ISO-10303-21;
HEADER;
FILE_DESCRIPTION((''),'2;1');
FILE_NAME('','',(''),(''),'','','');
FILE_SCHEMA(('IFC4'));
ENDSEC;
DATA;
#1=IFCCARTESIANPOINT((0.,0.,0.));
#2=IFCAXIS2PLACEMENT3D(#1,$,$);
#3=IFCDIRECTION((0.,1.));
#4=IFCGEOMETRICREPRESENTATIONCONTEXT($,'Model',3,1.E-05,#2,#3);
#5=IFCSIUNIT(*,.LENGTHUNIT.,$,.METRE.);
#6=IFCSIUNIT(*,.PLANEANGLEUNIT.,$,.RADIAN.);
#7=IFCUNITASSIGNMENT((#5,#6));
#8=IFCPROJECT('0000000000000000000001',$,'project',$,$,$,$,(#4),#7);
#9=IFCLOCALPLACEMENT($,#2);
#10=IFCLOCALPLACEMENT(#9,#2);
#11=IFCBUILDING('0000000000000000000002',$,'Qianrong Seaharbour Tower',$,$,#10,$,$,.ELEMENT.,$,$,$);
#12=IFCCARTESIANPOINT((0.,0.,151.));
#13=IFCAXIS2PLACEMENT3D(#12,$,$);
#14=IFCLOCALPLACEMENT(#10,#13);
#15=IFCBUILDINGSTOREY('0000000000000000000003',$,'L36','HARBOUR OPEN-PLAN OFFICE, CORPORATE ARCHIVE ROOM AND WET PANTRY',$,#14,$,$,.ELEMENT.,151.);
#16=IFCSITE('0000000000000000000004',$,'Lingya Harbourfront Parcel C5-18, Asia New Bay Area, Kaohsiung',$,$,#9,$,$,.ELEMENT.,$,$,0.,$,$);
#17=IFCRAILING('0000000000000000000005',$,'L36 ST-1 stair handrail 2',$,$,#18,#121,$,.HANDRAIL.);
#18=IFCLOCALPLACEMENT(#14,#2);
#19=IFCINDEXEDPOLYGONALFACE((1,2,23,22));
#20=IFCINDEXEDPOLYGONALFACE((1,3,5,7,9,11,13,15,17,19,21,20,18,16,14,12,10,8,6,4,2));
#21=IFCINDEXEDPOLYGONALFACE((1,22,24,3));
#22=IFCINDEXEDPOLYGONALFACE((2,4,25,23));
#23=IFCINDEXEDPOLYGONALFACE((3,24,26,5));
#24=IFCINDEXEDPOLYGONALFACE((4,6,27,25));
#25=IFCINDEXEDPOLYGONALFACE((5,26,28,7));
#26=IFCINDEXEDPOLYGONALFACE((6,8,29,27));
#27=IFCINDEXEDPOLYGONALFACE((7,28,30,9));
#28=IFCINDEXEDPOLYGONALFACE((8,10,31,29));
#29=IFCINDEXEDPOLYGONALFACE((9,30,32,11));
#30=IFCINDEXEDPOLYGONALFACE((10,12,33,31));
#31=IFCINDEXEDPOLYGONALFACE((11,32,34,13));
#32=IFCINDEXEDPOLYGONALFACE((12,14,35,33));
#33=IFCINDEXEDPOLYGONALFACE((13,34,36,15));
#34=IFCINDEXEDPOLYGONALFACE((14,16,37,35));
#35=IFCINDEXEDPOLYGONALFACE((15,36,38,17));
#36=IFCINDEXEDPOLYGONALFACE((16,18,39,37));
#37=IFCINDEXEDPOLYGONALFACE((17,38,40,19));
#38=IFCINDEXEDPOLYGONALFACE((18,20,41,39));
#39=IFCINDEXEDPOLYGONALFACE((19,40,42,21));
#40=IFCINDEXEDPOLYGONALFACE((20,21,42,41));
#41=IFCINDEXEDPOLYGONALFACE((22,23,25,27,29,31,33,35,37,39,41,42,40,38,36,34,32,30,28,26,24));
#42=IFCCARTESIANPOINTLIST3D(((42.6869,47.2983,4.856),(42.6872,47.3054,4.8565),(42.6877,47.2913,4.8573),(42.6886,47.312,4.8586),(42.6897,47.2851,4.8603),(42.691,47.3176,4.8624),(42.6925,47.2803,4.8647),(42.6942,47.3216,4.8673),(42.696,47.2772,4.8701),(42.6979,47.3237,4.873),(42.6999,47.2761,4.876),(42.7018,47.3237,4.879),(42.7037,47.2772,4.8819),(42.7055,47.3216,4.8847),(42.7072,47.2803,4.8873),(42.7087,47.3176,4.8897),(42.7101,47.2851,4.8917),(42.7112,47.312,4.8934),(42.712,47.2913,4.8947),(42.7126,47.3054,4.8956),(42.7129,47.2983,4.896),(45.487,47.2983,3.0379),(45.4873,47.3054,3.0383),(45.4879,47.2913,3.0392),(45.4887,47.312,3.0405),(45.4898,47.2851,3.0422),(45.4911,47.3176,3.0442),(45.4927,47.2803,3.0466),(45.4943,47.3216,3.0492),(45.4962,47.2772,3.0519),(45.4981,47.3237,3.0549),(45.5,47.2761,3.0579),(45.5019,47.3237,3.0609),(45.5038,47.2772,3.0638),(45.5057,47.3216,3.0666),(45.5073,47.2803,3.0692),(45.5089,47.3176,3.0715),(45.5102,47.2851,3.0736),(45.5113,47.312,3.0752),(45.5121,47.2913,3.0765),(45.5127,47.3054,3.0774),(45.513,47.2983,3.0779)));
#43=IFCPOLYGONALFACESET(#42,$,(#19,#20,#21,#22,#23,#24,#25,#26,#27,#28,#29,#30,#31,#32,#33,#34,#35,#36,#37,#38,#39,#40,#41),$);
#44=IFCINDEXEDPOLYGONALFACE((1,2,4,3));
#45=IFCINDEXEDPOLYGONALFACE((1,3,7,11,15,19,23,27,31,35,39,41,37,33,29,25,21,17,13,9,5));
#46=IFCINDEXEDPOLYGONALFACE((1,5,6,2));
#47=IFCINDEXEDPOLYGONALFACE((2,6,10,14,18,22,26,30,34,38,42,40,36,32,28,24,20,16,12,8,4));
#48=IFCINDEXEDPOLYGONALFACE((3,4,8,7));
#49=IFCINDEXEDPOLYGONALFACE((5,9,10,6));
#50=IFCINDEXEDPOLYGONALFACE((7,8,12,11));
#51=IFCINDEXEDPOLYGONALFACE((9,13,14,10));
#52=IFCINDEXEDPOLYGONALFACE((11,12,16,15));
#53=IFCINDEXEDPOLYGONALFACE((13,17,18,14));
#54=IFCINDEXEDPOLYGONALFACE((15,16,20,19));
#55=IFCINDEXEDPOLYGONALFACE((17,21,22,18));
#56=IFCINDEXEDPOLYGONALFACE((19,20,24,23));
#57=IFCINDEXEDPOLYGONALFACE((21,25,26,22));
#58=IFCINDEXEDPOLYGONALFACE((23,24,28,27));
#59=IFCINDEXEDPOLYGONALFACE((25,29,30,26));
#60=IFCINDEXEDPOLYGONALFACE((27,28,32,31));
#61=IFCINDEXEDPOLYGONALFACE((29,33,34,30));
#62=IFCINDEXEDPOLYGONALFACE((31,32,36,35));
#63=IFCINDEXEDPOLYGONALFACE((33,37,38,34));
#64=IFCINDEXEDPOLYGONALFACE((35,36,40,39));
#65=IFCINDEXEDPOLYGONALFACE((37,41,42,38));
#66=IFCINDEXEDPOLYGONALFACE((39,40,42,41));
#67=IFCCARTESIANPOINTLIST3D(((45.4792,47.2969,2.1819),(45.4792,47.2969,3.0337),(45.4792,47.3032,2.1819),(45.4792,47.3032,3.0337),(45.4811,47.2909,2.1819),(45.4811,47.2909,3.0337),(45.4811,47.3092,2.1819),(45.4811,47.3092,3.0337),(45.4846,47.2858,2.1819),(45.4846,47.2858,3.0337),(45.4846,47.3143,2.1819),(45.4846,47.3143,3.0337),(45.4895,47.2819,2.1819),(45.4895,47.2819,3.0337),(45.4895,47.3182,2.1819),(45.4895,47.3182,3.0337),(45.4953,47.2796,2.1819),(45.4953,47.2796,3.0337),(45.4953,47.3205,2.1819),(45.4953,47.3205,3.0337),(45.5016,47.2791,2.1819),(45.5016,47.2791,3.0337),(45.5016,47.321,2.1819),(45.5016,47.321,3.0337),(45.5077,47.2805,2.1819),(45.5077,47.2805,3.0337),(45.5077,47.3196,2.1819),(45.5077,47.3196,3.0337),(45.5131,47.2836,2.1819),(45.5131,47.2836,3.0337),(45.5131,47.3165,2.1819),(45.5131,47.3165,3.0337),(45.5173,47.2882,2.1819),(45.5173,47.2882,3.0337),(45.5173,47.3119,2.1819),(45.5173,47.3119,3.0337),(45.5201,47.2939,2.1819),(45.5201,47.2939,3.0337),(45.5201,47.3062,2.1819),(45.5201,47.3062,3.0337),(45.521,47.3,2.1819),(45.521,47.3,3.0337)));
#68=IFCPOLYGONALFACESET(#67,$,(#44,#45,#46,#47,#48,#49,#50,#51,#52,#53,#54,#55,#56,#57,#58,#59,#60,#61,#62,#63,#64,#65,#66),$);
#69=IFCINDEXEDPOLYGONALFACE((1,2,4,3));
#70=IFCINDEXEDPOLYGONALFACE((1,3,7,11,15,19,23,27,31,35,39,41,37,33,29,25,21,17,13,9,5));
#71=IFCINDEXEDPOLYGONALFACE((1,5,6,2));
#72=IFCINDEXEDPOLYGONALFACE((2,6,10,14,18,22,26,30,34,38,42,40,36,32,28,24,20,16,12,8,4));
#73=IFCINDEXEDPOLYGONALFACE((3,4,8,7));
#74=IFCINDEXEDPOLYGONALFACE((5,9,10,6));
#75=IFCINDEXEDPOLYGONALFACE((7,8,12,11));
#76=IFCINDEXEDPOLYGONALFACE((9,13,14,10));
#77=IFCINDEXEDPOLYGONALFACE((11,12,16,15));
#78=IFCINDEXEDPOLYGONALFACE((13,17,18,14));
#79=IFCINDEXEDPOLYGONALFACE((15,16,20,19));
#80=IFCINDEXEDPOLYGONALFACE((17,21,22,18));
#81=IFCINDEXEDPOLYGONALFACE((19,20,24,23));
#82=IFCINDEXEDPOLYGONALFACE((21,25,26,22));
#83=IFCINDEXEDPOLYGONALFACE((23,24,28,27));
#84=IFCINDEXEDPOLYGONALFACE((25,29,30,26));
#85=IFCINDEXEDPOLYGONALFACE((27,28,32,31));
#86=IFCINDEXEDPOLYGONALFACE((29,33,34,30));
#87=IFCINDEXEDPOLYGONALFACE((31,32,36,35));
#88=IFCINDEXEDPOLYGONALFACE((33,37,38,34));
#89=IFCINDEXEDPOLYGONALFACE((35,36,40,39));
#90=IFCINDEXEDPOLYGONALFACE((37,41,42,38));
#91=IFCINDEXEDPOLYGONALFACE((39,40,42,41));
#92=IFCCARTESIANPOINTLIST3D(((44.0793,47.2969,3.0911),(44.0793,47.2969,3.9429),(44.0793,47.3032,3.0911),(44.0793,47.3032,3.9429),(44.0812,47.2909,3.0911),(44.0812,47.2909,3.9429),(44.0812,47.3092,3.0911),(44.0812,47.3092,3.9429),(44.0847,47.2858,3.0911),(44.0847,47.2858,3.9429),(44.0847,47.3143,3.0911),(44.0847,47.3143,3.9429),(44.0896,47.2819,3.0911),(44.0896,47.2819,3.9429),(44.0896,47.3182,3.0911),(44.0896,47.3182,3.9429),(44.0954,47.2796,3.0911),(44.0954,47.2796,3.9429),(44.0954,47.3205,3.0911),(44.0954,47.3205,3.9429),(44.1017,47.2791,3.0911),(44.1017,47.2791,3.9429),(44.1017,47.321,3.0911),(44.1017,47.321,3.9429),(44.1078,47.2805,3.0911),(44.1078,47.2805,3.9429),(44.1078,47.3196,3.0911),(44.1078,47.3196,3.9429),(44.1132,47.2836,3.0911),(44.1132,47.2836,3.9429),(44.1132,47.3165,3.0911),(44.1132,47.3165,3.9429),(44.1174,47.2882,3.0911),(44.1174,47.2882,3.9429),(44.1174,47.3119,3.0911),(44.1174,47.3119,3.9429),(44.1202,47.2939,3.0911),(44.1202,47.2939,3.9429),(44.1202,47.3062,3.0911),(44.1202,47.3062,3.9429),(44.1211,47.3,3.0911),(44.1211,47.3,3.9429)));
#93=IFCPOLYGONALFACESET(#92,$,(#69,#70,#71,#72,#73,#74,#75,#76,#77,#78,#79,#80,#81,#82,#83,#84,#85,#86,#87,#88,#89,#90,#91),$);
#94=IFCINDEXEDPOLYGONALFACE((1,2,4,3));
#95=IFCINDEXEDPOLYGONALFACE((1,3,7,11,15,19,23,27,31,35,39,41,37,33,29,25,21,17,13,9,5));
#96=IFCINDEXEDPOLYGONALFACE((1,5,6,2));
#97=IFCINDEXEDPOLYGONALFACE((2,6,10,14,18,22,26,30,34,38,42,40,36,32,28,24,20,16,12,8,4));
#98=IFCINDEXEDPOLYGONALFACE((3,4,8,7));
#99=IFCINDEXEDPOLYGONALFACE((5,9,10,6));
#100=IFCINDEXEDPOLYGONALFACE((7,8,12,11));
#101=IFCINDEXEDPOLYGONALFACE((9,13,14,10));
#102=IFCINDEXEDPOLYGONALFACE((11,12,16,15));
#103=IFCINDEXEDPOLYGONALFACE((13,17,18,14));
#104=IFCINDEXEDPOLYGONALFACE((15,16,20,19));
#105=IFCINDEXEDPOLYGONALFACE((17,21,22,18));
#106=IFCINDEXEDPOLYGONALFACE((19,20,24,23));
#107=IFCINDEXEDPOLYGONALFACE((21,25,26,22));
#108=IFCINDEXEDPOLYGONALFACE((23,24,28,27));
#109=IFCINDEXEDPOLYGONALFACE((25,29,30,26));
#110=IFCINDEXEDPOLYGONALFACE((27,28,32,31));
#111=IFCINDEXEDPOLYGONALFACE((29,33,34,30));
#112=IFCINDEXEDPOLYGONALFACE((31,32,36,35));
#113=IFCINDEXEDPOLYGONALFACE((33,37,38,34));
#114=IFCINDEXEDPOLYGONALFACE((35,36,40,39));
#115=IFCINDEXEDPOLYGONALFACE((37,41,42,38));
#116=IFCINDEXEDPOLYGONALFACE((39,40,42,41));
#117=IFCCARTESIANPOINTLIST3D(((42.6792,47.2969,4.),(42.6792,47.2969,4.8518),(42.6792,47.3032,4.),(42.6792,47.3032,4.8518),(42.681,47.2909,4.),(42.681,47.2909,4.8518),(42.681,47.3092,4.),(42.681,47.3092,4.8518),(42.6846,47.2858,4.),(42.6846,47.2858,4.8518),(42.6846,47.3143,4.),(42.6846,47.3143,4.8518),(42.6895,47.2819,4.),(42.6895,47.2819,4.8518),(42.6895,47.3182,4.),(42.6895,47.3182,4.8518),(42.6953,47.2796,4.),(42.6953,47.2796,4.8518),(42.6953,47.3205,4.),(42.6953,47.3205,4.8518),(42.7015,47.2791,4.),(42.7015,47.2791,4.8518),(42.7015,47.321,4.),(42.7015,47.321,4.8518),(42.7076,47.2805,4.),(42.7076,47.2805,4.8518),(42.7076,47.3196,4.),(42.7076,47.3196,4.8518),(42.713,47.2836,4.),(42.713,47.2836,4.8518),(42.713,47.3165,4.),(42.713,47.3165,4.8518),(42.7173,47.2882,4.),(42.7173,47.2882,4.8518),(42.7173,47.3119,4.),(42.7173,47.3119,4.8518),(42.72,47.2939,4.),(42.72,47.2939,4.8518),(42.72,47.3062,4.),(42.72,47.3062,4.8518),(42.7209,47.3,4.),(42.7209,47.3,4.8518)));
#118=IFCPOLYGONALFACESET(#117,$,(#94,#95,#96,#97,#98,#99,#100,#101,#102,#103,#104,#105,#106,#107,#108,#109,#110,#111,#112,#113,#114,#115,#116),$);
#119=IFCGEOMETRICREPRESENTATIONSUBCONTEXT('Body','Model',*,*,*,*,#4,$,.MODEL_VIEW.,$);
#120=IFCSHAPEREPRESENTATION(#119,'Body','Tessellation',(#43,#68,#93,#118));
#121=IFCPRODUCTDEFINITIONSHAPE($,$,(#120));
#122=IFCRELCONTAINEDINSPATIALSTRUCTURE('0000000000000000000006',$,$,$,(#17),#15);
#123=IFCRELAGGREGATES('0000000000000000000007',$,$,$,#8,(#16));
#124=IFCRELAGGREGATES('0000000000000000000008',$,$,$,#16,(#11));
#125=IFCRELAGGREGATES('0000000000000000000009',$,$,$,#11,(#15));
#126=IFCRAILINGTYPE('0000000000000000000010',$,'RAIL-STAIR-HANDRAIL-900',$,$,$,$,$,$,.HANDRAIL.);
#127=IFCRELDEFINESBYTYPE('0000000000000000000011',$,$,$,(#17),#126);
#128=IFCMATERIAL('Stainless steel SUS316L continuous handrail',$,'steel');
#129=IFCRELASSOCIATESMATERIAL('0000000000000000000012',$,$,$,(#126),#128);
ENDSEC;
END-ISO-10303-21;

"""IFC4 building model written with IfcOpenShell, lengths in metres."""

from ifc_helpers import new_model, si_unit, direction, frame, origin, origin_2d, place, context, subcontext, project, spatial, circle, extrude, material, type_object, element, save


model = new_model("IFC4")

# Units and contexts
model_context = context("Model", 3, precision=1e-05, world=origin(), true_north=direction((0.0, 1.0)))
body_context = subcontext(model_context, "Body", "Model", "MODEL_VIEW")
ifc_project = project(units=[si_unit("LENGTHUNIT", "METRE"), si_unit("PLANEANGLEUNIT", "RADIAN")], contexts=[model_context])

# Site, building, storey
site_placement = place(None, origin())
site = spatial("IfcSite", under=ifc_project, at=site_placement, Name="Lingya Harbourfront Parcel C5-18, Asia New Bay Area, Kaohsiung", CompositionType="ELEMENT", RefElevation=0.0)
building_placement = place(site_placement, origin())
building = spatial("IfcBuilding", under=site, at=building_placement, Name="Qianrong Seaharbour Tower", CompositionType="ELEMENT")
storey_placement = place(building_placement, frame((0.0, 0.0, 151.0)))
storey = spatial("IfcBuildingStorey", under=building, at=storey_placement, Name="L36", Description="HARBOUR OPEN-PLAN OFFICE, CORPORATE ARCHIVE ROOM AND WET PANTRY", CompositionType="ELEMENT", Elevation=151.0)

# Railing
ifc_material_1 = material(Name="Stainless steel SUS316L continuous handrail", Category="steel")
railing_type_1 = type_object("IfcRailingType", Name="RAIL-STAIR-HANDRAIL-900", PredefinedType="HANDRAIL", material=ifc_material_1)
railing_1_placement = place(storey_placement, frame((45.5, 47.3, 2.1819)))
element("IfcRailing", 1, at=railing_1_placement, inside=storey, type_object=railing_type_1, Name="L36 ST-1 stair handrail 2", PredefinedType="HANDRAIL", context=body_context, shape_type="SweptSolid", body=[
    extrude(circle(Radius=0.0239, at=origin_2d()), frame((0.0, 0.0, 0.876), z_axis=(-0.838706, 0.0, 0.544585), x_axis=(0.0, -1.0, 0.0)), (0.0, 0.0, 1.0), 3.3386),
    extrude(circle(Radius=0.021, at=origin_2d()), origin(), (0.0, 0.0, 1.0), 0.8518),
    extrude(circle(Radius=0.021, at=origin_2d()), frame((-1.3999, 0.0, 0.9092)), (0.0, 0.0, 1.0), 0.8518),
    extrude(circle(Radius=0.021, at=origin_2d()), frame((-2.8, 0.0, 1.8181)), (0.0, 0.0, 1.0), 0.8518),
])

save(model, "model.ifc")
